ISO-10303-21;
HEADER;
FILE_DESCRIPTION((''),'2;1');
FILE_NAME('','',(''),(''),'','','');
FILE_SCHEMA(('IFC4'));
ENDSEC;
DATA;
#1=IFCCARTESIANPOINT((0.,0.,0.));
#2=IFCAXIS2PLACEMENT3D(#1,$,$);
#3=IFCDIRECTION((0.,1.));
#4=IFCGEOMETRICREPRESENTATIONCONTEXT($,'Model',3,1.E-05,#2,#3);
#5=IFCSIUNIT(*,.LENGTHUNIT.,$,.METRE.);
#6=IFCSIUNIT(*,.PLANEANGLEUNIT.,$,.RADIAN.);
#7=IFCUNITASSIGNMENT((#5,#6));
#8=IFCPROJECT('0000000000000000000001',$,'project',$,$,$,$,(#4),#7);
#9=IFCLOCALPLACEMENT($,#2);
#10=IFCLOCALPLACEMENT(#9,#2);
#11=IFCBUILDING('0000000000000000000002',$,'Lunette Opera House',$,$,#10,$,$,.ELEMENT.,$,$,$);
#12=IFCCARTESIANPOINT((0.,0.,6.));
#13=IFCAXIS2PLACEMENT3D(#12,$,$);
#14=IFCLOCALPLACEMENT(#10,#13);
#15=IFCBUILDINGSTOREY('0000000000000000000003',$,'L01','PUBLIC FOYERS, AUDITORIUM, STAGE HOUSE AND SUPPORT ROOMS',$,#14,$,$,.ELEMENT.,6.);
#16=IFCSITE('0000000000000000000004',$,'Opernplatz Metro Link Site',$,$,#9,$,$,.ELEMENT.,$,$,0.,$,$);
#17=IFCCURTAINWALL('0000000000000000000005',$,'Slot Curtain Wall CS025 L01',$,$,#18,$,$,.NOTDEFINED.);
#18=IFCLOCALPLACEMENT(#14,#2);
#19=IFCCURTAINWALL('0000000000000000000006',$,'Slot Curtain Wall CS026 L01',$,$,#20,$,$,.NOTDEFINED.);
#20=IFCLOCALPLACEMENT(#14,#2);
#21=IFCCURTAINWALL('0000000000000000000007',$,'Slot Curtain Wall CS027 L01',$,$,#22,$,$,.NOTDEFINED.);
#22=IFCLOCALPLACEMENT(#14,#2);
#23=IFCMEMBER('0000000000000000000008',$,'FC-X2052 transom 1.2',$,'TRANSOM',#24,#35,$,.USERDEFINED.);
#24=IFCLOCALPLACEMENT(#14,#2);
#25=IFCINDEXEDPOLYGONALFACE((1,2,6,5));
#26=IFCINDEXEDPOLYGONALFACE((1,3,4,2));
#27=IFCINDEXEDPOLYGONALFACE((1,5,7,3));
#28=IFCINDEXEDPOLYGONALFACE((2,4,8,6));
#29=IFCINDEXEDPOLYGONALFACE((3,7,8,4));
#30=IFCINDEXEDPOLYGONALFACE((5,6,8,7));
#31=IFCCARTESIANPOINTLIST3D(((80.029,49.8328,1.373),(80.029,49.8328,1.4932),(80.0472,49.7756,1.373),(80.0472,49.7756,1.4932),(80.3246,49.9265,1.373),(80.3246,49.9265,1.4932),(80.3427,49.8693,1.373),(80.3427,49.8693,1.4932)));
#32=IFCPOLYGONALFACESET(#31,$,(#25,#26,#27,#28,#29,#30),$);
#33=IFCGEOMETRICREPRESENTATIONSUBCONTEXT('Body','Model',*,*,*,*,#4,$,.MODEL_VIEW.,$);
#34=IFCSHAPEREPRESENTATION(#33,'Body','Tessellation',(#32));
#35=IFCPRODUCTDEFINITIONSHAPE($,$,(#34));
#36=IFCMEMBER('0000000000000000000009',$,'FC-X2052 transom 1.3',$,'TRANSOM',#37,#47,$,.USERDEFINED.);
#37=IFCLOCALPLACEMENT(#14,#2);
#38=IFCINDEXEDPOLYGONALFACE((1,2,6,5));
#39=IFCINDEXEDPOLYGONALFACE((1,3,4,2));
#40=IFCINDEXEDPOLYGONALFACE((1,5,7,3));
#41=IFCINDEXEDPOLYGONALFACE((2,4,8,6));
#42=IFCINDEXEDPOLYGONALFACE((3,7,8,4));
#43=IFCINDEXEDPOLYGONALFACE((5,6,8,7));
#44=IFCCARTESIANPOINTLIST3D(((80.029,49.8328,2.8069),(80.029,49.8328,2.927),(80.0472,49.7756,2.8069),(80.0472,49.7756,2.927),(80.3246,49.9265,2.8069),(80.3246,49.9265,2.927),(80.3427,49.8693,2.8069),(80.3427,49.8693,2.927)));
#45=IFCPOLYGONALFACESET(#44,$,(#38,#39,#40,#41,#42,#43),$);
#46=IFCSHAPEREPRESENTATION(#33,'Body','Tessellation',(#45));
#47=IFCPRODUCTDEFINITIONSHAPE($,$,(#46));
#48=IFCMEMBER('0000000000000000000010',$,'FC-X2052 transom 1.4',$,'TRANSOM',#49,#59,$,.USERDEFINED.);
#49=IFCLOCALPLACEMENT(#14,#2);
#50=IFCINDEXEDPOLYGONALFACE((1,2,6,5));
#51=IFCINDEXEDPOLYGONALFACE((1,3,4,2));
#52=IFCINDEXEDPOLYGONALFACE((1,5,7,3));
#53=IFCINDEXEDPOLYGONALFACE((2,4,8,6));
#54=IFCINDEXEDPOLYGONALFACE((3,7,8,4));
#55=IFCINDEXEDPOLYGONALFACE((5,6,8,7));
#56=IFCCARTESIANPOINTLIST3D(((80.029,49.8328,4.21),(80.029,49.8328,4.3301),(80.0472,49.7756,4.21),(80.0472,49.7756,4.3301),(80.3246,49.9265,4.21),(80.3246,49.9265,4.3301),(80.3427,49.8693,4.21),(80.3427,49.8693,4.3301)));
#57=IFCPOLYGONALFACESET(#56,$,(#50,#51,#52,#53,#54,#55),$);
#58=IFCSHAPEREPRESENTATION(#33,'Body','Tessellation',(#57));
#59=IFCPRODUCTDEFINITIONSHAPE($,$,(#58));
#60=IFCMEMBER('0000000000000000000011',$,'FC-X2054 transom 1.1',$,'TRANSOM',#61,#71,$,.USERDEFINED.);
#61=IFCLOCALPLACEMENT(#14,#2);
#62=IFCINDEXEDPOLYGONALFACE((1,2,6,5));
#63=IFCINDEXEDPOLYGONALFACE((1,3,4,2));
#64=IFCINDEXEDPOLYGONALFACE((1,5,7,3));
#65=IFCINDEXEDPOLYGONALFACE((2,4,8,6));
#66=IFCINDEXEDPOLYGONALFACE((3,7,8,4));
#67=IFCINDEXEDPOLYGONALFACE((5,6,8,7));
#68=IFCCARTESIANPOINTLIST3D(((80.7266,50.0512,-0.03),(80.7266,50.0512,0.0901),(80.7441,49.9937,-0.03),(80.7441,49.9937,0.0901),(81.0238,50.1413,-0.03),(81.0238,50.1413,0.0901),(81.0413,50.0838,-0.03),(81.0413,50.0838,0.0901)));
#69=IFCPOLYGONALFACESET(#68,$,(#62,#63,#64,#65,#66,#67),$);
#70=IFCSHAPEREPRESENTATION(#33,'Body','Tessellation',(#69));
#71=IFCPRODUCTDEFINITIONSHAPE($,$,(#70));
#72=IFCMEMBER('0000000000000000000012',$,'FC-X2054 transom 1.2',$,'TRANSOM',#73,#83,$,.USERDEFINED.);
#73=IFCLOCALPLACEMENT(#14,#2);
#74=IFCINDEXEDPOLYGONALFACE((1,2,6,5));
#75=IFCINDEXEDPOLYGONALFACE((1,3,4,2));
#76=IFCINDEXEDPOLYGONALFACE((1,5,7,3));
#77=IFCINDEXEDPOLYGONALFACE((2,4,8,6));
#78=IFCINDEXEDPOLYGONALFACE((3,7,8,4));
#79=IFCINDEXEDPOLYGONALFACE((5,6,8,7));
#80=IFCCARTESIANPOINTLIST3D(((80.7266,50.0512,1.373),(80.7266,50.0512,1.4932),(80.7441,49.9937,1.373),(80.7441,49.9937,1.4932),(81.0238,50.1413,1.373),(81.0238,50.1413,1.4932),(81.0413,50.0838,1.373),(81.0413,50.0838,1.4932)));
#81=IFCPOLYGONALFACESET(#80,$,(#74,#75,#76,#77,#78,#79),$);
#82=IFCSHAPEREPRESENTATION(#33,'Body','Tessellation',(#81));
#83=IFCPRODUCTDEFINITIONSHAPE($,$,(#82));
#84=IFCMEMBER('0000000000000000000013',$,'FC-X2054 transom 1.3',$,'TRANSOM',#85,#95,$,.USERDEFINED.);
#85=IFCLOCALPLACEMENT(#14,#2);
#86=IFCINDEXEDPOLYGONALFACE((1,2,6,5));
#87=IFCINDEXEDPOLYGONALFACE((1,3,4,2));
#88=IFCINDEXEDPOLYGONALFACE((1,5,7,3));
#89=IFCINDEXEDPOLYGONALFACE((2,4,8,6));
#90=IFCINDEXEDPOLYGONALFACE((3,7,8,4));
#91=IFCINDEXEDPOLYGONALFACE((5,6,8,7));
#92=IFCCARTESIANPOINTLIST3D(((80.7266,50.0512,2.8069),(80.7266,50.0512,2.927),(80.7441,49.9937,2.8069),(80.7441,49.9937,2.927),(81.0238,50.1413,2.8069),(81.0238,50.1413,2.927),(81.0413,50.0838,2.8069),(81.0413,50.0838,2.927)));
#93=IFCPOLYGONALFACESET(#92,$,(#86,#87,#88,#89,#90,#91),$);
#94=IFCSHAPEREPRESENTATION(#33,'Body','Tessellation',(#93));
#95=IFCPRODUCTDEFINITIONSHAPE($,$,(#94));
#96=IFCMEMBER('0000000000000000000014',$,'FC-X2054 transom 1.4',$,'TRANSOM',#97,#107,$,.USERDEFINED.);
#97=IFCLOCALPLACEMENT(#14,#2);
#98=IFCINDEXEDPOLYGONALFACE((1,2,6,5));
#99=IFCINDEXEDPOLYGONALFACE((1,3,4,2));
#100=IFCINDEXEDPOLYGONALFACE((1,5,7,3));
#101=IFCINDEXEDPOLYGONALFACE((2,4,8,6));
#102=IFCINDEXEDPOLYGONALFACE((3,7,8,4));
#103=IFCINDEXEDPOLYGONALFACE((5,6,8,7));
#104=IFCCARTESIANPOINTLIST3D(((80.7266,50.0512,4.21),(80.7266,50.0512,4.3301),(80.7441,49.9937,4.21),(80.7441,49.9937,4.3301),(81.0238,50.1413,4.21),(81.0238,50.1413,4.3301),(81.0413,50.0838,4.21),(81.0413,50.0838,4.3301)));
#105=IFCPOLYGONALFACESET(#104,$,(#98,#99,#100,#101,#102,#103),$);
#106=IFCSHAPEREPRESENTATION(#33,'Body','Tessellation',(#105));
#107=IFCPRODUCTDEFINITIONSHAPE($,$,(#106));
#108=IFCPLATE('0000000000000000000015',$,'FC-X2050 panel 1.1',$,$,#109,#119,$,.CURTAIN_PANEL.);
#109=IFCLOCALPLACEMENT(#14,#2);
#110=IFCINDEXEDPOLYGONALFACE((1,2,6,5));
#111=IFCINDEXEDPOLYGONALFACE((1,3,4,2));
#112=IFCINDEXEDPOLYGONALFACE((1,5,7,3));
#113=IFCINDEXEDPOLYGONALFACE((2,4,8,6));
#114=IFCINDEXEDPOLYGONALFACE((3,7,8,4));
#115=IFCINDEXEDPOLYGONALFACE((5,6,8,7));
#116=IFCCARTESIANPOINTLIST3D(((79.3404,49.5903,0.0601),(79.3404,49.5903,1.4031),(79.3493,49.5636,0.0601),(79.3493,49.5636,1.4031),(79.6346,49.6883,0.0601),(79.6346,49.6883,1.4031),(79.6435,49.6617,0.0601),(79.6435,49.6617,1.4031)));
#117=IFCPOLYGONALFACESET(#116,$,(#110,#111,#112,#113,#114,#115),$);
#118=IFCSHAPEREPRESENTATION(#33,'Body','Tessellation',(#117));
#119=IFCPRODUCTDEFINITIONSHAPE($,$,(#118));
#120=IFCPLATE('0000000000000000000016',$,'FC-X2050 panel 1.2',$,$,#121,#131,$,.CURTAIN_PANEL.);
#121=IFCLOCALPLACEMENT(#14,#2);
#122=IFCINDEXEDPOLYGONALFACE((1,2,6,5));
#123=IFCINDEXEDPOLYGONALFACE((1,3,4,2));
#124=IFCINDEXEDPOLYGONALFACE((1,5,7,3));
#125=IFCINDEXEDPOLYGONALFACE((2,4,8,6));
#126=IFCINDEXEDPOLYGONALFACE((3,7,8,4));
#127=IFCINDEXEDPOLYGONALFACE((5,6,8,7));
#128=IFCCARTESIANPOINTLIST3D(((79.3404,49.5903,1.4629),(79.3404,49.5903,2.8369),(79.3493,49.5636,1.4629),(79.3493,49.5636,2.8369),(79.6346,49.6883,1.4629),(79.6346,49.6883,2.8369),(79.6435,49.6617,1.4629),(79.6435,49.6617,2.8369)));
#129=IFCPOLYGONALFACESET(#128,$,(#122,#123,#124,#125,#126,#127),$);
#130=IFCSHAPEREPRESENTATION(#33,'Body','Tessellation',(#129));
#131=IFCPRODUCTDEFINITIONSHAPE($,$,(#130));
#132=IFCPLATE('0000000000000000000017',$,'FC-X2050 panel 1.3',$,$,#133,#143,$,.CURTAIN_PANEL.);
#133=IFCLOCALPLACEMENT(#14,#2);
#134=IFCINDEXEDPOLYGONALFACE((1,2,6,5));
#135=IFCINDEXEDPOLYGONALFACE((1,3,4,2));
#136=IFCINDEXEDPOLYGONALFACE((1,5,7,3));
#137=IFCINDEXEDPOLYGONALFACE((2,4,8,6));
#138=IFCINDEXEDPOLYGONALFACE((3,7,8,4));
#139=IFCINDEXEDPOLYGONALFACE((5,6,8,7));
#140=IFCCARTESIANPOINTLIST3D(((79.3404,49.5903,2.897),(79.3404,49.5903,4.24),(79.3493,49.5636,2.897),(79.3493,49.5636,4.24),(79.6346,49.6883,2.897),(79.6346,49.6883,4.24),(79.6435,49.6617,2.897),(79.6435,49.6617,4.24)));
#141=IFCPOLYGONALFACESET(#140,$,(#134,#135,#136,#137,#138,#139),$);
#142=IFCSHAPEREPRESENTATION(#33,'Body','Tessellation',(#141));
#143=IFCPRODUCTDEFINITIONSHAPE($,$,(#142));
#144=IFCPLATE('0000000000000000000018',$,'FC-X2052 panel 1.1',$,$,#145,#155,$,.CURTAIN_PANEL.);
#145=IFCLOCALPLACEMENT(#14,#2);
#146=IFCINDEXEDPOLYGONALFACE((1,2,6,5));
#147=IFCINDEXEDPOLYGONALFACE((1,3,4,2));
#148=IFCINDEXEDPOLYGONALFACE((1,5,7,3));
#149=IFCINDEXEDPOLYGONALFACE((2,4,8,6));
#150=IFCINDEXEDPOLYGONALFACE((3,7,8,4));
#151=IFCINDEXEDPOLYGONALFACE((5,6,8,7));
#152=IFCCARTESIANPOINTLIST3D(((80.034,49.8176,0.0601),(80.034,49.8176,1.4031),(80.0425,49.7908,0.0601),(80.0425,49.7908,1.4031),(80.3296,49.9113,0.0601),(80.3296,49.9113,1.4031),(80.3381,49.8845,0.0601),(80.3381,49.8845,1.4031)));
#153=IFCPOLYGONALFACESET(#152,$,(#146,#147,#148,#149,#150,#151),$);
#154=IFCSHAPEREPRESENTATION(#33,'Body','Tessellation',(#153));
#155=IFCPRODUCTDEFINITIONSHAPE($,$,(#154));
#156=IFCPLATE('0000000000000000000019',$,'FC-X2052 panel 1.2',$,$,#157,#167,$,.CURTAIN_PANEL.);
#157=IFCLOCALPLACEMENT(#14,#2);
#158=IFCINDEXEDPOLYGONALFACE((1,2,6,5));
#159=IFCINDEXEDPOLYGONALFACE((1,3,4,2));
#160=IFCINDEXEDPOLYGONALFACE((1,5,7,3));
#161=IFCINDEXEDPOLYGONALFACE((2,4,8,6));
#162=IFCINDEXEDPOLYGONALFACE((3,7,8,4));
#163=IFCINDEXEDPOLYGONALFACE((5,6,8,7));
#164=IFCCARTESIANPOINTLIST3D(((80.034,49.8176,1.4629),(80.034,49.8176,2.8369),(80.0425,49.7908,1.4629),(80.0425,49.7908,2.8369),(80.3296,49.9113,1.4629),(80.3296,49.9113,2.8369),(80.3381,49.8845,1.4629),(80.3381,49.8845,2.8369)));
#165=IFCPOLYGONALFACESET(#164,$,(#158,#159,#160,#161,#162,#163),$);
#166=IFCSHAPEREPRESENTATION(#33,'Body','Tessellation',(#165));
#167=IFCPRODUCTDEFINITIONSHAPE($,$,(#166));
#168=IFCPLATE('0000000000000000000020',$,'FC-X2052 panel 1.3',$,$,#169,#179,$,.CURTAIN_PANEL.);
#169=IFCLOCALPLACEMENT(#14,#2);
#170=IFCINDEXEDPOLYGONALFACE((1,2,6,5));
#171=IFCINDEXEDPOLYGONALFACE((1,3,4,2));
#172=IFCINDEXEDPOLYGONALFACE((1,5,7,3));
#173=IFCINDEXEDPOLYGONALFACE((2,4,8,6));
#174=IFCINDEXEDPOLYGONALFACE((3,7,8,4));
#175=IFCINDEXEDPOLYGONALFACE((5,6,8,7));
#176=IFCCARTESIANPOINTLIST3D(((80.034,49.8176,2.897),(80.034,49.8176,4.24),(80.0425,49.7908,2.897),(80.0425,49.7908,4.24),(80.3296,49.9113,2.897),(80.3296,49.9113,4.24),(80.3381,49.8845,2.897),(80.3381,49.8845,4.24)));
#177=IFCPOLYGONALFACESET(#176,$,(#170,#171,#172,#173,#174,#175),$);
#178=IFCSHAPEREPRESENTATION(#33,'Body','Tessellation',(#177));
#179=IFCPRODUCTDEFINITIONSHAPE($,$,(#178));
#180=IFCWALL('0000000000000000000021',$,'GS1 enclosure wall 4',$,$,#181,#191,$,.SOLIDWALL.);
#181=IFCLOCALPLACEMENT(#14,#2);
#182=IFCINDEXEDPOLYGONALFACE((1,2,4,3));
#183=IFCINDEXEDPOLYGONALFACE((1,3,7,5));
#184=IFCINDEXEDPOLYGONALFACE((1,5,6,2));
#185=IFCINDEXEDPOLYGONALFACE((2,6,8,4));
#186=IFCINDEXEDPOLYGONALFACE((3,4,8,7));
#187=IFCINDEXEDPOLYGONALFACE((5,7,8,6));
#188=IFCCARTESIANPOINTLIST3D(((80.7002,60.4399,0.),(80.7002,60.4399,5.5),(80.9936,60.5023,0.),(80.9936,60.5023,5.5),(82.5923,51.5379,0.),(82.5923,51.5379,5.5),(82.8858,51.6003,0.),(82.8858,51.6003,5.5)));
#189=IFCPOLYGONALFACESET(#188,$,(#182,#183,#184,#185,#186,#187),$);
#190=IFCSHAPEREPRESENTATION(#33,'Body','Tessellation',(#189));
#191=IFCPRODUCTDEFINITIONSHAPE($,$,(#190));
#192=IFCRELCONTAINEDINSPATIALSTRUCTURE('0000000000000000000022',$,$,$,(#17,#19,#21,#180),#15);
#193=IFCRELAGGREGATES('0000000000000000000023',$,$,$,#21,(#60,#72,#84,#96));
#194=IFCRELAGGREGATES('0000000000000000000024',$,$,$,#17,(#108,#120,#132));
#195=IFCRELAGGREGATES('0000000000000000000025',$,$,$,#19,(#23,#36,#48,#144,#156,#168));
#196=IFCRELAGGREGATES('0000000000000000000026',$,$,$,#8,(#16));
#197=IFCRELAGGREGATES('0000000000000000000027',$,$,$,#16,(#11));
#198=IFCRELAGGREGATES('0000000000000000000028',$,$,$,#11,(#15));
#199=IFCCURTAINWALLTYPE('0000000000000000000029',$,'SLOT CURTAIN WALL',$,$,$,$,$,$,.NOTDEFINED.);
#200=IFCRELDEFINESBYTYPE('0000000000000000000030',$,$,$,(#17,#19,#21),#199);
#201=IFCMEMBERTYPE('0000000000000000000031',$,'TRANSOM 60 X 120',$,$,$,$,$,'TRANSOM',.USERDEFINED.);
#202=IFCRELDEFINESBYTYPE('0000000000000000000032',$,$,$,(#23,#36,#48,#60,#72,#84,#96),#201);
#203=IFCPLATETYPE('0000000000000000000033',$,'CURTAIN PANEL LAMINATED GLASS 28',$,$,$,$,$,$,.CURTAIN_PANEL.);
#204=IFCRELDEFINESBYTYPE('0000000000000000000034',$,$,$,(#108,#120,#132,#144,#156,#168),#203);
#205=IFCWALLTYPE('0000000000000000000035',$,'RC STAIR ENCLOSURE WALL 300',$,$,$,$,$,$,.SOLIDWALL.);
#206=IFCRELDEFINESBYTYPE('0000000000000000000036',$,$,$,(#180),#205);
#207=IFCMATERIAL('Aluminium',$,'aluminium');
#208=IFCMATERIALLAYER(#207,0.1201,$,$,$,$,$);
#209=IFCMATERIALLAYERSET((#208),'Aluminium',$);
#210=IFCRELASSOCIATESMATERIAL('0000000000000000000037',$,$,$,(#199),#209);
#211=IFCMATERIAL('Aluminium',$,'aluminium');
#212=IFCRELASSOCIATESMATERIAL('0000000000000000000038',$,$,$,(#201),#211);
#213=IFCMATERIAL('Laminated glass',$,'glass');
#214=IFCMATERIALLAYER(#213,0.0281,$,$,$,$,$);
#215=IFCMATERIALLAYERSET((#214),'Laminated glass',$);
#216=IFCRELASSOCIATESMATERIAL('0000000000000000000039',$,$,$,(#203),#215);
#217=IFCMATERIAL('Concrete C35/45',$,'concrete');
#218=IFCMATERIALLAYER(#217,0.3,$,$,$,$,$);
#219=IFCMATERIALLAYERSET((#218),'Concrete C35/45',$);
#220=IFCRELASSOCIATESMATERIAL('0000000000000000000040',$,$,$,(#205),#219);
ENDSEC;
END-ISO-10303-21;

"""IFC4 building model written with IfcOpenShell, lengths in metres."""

from ifc_helpers import new_model, si_unit, direction, frame, frame_2d, origin, origin_2d, place, context, subcontext, project, spatial, rectangle, extrude, material, layer, layer_set, material_profile, profile_set, type_object, element, aggregate, save


model = new_model("IFC4")

# Units and contexts
model_context = context("Model", 3, precision=1e-05, world=origin(), true_north=direction((0.0, 1.0)))
body_context = subcontext(model_context, "Body", "Model", "MODEL_VIEW")
ifc_project = project(units=[si_unit("LENGTHUNIT", "METRE"), si_unit("PLANEANGLEUNIT", "RADIAN")], contexts=[model_context])

# Site, building, storey
site_placement = place(None, origin())
site = spatial("IfcSite", under=ifc_project, at=site_placement, Name="Opernplatz Metro Link Site", CompositionType="ELEMENT", RefElevation=0.0)
building_placement = place(site_placement, origin())
building = spatial("IfcBuilding", under=site, at=building_placement, Name="Lunette Opera House", CompositionType="ELEMENT")
storey_placement = place(building_placement, frame((0.0, 0.0, 6.0)))
storey = spatial("IfcBuildingStorey", under=building, at=storey_placement, Name="L01", Description="PUBLIC FOYERS, AUDITORIUM, STAGE HOUSE AND SUPPORT ROOMS", CompositionType="ELEMENT", Elevation=6.0)

# Curtain walls
ifc_material_1 = material(Name="Aluminium", Category="aluminium")
ifc_layer_1 = layer(ifc_material_1, 0.1201)
ifc_layer_set_1 = layer_set([ifc_layer_1], Name="Aluminium")
curtain_wall_type = type_object("IfcCurtainWallType", Name="SLOT CURTAIN WALL", PredefinedType="NOTDEFINED", material=ifc_layer_set_1)
curtain_wall_1_placement = place(storey_placement, origin())
curtain_wall_1 = element("IfcCurtainWall", 1, at=curtain_wall_1_placement, inside=storey, type_object=curtain_wall_type, Name="Slot Curtain Wall CS025 L01", PredefinedType="NOTDEFINED")
curtain_wall_2_placement = place(storey_placement, origin())
curtain_wall_2 = element("IfcCurtainWall", 2, at=curtain_wall_2_placement, inside=storey, type_object=curtain_wall_type, Name="Slot Curtain Wall CS026 L01", PredefinedType="NOTDEFINED")

# Curtain wall
curtain_wall_3_placement = place(storey_placement, origin())
curtain_wall_3 = element("IfcCurtainWall", 3, at=curtain_wall_3_placement, inside=storey, type_object=curtain_wall_type, Name="Slot Curtain Wall CS027 L01", PredefinedType="NOTDEFINED")

# Members
ifc_material_2 = material(Name="Aluminium", Category="aluminium")
ifc_material_profile_1 = material_profile(ifc_material_2, rectangle(XDim=0.0601, YDim=0.1201, at=origin_2d()), Name="TRANSOM 60 X 120")
ifc_profile_set_1 = profile_set([ifc_material_profile_1], Name="Aluminium")
member_type_1 = type_object("IfcMemberType", Name="TRANSOM 60 X 120", ElementType="TRANSOM", PredefinedType="USERDEFINED", material=ifc_profile_set_1)
member_1_placement = place(storey_placement, frame((80.0381, 49.8042, 1.4331), z_axis=(0.953225, 0.302261, 0.0), x_axis=(-0.302261, 0.953225, 0.0)))
member_1 = element("IfcMember", 4, at=member_1_placement, type_object=member_type_1, Name="FC-X2052 transom 1.2", ObjectType="TRANSOM", PredefinedType="USERDEFINED", context=body_context, shape_type="SweptSolid", body=[
    extrude(rectangle(XDim=0.0601, YDim=0.1201, at=origin_2d()), origin(), (0.0, 0.0, 1.0), 0.3101),
])
member_2_placement = place(storey_placement, frame((80.0381, 49.8042, 2.8669), z_axis=(0.953225, 0.302261, 0.0), x_axis=(-0.302261, 0.953225, 0.0)))
member_2 = element("IfcMember", 5, at=member_2_placement, type_object=member_type_1, Name="FC-X2052 transom 1.3", ObjectType="TRANSOM", PredefinedType="USERDEFINED", context=body_context, shape_type="SweptSolid", body=[
    extrude(rectangle(XDim=0.0601, YDim=0.1201, at=origin_2d()), origin(), (0.0, 0.0, 1.0), 0.3101),
])
member_3_placement = place(storey_placement, frame((80.0381, 49.8042, 4.27), z_axis=(0.953225, 0.302261, 0.0), x_axis=(-0.302261, 0.953225, 0.0)))
member_3 = element("IfcMember", 6, at=member_3_placement, type_object=member_type_1, Name="FC-X2052 transom 1.4", ObjectType="TRANSOM", PredefinedType="USERDEFINED", context=body_context, shape_type="SweptSolid", body=[
    extrude(rectangle(XDim=0.0601, YDim=0.1201, at=origin_2d()), origin(), (0.0, 0.0, 1.0), 0.3101),
])
member_4_placement = place(storey_placement, frame((80.7354, 50.0225, 0.03), z_axis=(0.956978, 0.29016, 0.0), x_axis=(-0.29016, 0.956978, 0.0)))
member_4 = element("IfcMember", 7, at=member_4_placement, type_object=member_type_1, Name="FC-X2054 transom 1.1", ObjectType="TRANSOM", PredefinedType="USERDEFINED", context=body_context, shape_type="SweptSolid", body=[
    extrude(rectangle(XDim=0.0601, YDim=0.1201, at=origin_2d()), origin(), (0.0, 0.0, 1.0), 0.3105),
])
member_5_placement = place(storey_placement, frame((80.7354, 50.0225, 1.4331), z_axis=(0.956978, 0.29016, 0.0), x_axis=(-0.29016, 0.956978, 0.0)))
member_5 = element("IfcMember", 8, at=member_5_placement, type_object=member_type_1, Name="FC-X2054 transom 1.2", ObjectType="TRANSOM", PredefinedType="USERDEFINED", context=body_context, shape_type="SweptSolid", body=[
    extrude(rectangle(XDim=0.0601, YDim=0.1201, at=origin_2d()), origin(), (0.0, 0.0, 1.0), 0.3105),
])
member_6_placement = place(storey_placement, frame((80.7354, 50.0225, 2.8669), z_axis=(0.956978, 0.29016, 0.0), x_axis=(-0.29016, 0.956978, 0.0)))
member_6 = element("IfcMember", 9, at=member_6_placement, type_object=member_type_1, Name="FC-X2054 transom 1.3", ObjectType="TRANSOM", PredefinedType="USERDEFINED", context=body_context, shape_type="SweptSolid", body=[
    extrude(rectangle(XDim=0.0601, YDim=0.1201, at=origin_2d()), origin(), (0.0, 0.0, 1.0), 0.3105),
])
member_7_placement = place(storey_placement, frame((80.7354, 50.0225, 4.27), z_axis=(0.956978, 0.29016, 0.0), x_axis=(-0.29016, 0.956978, 0.0)))
member_7 = element("IfcMember", 10, at=member_7_placement, type_object=member_type_1, Name="FC-X2054 transom 1.4", ObjectType="TRANSOM", PredefinedType="USERDEFINED", context=body_context, shape_type="SweptSolid", body=[
    extrude(rectangle(XDim=0.0601, YDim=0.1201, at=origin_2d()), origin(), (0.0, 0.0, 1.0), 0.3105),
])
aggregate(curtain_wall_3, [member_4, member_5, member_6, member_7])

# Plates
ifc_material_3 = material(Name="Laminated glass", Category="glass")
ifc_layer_2 = layer(ifc_material_3, 0.0281)
ifc_layer_set_2 = layer_set([ifc_layer_2], Name="Laminated glass")
plate_type = type_object("IfcPlateType", Name="CURTAIN PANEL LAMINATED GLASS 28", PredefinedType="CURTAIN_PANEL", material=ifc_layer_set_2)
plate_1_placement = place(storey_placement, frame((79.4919, 49.626, 0.0601), z_axis=(0.0, 0.0, 1.0), x_axis=(0.948683, 0.316228, 0.0)))
plate_1 = element("IfcPlate", 11, at=plate_1_placement, type_object=plate_type, Name="FC-X2050 panel 1.1", PredefinedType="CURTAIN_PANEL", context=body_context, shape_type="SweptSolid", body=[
    extrude(rectangle(XDim=0.3101, YDim=0.0281, at=origin_2d()), origin(), (0.0, 0.0, 1.0), 1.343),
])
plate_2_placement = place(storey_placement, frame((79.4919, 49.626, 1.4629), z_axis=(0.0, 0.0, 1.0), x_axis=(0.948683, 0.316228, 0.0)))
plate_2 = element("IfcPlate", 12, at=plate_2_placement, type_object=plate_type, Name="FC-X2050 panel 1.2", PredefinedType="CURTAIN_PANEL", context=body_context, shape_type="SweptSolid", body=[
    extrude(rectangle(XDim=0.3101, YDim=0.0281, at=origin_2d()), origin(), (0.0, 0.0, 1.0), 1.374),
])
plate_3_placement = place(storey_placement, frame((79.4919, 49.626, 2.897), z_axis=(0.0, 0.0, 1.0), x_axis=(0.948683, 0.316228, 0.0)))
plate_3 = element("IfcPlate", 13, at=plate_3_placement, type_object=plate_type, Name="FC-X2050 panel 1.3", PredefinedType="CURTAIN_PANEL", context=body_context, shape_type="SweptSolid", body=[
    extrude(rectangle(XDim=0.3101, YDim=0.0281, at=origin_2d()), origin(), (0.0, 0.0, 1.0), 1.343),
])
aggregate(curtain_wall_1, [plate_1, plate_2, plate_3])
plate_4_placement = place(storey_placement, frame((80.186, 49.8511, 0.0601), z_axis=(0.0, 0.0, 1.0), x_axis=(0.953231, 0.302244, 0.0)))
plate_4 = element("IfcPlate", 14, at=plate_4_placement, type_object=plate_type, Name="FC-X2052 panel 1.1", PredefinedType="CURTAIN_PANEL", context=body_context, shape_type="SweptSolid", body=[
    extrude(rectangle(XDim=0.3101, YDim=0.0281, at=origin_2d()), origin(), (0.0, 0.0, 1.0), 1.343),
])
plate_5_placement = place(storey_placement, frame((80.186, 49.8511, 1.4629), z_axis=(0.0, 0.0, 1.0), x_axis=(0.953231, 0.302244, 0.0)))
plate_5 = element("IfcPlate", 15, at=plate_5_placement, type_object=plate_type, Name="FC-X2052 panel 1.2", PredefinedType="CURTAIN_PANEL", context=body_context, shape_type="SweptSolid", body=[
    extrude(rectangle(XDim=0.3101, YDim=0.0281, at=origin_2d()), origin(), (0.0, 0.0, 1.0), 1.374),
])
plate_6_placement = place(storey_placement, frame((80.186, 49.8511, 2.897), z_axis=(0.0, 0.0, 1.0), x_axis=(0.953231, 0.302244, 0.0)))
plate_6 = element("IfcPlate", 16, at=plate_6_placement, type_object=plate_type, Name="FC-X2052 panel 1.3", PredefinedType="CURTAIN_PANEL", context=body_context, shape_type="SweptSolid", body=[
    extrude(rectangle(XDim=0.3101, YDim=0.0281, at=origin_2d()), origin(), (0.0, 0.0, 1.0), 1.343),
])
aggregate(curtain_wall_2, [member_1, member_2, member_3, plate_4, plate_5, plate_6])

# Wall
ifc_material_4 = material(Name="Concrete C35/45", Category="concrete")
ifc_layer_3 = layer(ifc_material_4, 0.3)
ifc_layer_set_3 = layer_set([ifc_layer_3], Name="Concrete C35/45")
wall_type = type_object("IfcWallType", Name="RC STAIR ENCLOSURE WALL 300", PredefinedType="SOLIDWALL", material=ifc_layer_set_3)
wall_placement = place(storey_placement, frame((80.8469, 60.4709, 0.0), z_axis=(0.0, 0.0, 1.0), x_axis=(0.207906, -0.978149, 0.0)))
element("IfcWall", 17, at=wall_placement, inside=storey, type_object=wall_type, Name="GS1 enclosure wall 4", PredefinedType="SOLIDWALL", context=body_context, shape_type="SweptSolid", body=[
    extrude(rectangle(XDim=9.1008, YDim=0.3, at=frame_2d((4.5503, 0.0))), origin(), (0.0, 0.0, 1.0), 5.5),
])

save(model, "model.ifc")
